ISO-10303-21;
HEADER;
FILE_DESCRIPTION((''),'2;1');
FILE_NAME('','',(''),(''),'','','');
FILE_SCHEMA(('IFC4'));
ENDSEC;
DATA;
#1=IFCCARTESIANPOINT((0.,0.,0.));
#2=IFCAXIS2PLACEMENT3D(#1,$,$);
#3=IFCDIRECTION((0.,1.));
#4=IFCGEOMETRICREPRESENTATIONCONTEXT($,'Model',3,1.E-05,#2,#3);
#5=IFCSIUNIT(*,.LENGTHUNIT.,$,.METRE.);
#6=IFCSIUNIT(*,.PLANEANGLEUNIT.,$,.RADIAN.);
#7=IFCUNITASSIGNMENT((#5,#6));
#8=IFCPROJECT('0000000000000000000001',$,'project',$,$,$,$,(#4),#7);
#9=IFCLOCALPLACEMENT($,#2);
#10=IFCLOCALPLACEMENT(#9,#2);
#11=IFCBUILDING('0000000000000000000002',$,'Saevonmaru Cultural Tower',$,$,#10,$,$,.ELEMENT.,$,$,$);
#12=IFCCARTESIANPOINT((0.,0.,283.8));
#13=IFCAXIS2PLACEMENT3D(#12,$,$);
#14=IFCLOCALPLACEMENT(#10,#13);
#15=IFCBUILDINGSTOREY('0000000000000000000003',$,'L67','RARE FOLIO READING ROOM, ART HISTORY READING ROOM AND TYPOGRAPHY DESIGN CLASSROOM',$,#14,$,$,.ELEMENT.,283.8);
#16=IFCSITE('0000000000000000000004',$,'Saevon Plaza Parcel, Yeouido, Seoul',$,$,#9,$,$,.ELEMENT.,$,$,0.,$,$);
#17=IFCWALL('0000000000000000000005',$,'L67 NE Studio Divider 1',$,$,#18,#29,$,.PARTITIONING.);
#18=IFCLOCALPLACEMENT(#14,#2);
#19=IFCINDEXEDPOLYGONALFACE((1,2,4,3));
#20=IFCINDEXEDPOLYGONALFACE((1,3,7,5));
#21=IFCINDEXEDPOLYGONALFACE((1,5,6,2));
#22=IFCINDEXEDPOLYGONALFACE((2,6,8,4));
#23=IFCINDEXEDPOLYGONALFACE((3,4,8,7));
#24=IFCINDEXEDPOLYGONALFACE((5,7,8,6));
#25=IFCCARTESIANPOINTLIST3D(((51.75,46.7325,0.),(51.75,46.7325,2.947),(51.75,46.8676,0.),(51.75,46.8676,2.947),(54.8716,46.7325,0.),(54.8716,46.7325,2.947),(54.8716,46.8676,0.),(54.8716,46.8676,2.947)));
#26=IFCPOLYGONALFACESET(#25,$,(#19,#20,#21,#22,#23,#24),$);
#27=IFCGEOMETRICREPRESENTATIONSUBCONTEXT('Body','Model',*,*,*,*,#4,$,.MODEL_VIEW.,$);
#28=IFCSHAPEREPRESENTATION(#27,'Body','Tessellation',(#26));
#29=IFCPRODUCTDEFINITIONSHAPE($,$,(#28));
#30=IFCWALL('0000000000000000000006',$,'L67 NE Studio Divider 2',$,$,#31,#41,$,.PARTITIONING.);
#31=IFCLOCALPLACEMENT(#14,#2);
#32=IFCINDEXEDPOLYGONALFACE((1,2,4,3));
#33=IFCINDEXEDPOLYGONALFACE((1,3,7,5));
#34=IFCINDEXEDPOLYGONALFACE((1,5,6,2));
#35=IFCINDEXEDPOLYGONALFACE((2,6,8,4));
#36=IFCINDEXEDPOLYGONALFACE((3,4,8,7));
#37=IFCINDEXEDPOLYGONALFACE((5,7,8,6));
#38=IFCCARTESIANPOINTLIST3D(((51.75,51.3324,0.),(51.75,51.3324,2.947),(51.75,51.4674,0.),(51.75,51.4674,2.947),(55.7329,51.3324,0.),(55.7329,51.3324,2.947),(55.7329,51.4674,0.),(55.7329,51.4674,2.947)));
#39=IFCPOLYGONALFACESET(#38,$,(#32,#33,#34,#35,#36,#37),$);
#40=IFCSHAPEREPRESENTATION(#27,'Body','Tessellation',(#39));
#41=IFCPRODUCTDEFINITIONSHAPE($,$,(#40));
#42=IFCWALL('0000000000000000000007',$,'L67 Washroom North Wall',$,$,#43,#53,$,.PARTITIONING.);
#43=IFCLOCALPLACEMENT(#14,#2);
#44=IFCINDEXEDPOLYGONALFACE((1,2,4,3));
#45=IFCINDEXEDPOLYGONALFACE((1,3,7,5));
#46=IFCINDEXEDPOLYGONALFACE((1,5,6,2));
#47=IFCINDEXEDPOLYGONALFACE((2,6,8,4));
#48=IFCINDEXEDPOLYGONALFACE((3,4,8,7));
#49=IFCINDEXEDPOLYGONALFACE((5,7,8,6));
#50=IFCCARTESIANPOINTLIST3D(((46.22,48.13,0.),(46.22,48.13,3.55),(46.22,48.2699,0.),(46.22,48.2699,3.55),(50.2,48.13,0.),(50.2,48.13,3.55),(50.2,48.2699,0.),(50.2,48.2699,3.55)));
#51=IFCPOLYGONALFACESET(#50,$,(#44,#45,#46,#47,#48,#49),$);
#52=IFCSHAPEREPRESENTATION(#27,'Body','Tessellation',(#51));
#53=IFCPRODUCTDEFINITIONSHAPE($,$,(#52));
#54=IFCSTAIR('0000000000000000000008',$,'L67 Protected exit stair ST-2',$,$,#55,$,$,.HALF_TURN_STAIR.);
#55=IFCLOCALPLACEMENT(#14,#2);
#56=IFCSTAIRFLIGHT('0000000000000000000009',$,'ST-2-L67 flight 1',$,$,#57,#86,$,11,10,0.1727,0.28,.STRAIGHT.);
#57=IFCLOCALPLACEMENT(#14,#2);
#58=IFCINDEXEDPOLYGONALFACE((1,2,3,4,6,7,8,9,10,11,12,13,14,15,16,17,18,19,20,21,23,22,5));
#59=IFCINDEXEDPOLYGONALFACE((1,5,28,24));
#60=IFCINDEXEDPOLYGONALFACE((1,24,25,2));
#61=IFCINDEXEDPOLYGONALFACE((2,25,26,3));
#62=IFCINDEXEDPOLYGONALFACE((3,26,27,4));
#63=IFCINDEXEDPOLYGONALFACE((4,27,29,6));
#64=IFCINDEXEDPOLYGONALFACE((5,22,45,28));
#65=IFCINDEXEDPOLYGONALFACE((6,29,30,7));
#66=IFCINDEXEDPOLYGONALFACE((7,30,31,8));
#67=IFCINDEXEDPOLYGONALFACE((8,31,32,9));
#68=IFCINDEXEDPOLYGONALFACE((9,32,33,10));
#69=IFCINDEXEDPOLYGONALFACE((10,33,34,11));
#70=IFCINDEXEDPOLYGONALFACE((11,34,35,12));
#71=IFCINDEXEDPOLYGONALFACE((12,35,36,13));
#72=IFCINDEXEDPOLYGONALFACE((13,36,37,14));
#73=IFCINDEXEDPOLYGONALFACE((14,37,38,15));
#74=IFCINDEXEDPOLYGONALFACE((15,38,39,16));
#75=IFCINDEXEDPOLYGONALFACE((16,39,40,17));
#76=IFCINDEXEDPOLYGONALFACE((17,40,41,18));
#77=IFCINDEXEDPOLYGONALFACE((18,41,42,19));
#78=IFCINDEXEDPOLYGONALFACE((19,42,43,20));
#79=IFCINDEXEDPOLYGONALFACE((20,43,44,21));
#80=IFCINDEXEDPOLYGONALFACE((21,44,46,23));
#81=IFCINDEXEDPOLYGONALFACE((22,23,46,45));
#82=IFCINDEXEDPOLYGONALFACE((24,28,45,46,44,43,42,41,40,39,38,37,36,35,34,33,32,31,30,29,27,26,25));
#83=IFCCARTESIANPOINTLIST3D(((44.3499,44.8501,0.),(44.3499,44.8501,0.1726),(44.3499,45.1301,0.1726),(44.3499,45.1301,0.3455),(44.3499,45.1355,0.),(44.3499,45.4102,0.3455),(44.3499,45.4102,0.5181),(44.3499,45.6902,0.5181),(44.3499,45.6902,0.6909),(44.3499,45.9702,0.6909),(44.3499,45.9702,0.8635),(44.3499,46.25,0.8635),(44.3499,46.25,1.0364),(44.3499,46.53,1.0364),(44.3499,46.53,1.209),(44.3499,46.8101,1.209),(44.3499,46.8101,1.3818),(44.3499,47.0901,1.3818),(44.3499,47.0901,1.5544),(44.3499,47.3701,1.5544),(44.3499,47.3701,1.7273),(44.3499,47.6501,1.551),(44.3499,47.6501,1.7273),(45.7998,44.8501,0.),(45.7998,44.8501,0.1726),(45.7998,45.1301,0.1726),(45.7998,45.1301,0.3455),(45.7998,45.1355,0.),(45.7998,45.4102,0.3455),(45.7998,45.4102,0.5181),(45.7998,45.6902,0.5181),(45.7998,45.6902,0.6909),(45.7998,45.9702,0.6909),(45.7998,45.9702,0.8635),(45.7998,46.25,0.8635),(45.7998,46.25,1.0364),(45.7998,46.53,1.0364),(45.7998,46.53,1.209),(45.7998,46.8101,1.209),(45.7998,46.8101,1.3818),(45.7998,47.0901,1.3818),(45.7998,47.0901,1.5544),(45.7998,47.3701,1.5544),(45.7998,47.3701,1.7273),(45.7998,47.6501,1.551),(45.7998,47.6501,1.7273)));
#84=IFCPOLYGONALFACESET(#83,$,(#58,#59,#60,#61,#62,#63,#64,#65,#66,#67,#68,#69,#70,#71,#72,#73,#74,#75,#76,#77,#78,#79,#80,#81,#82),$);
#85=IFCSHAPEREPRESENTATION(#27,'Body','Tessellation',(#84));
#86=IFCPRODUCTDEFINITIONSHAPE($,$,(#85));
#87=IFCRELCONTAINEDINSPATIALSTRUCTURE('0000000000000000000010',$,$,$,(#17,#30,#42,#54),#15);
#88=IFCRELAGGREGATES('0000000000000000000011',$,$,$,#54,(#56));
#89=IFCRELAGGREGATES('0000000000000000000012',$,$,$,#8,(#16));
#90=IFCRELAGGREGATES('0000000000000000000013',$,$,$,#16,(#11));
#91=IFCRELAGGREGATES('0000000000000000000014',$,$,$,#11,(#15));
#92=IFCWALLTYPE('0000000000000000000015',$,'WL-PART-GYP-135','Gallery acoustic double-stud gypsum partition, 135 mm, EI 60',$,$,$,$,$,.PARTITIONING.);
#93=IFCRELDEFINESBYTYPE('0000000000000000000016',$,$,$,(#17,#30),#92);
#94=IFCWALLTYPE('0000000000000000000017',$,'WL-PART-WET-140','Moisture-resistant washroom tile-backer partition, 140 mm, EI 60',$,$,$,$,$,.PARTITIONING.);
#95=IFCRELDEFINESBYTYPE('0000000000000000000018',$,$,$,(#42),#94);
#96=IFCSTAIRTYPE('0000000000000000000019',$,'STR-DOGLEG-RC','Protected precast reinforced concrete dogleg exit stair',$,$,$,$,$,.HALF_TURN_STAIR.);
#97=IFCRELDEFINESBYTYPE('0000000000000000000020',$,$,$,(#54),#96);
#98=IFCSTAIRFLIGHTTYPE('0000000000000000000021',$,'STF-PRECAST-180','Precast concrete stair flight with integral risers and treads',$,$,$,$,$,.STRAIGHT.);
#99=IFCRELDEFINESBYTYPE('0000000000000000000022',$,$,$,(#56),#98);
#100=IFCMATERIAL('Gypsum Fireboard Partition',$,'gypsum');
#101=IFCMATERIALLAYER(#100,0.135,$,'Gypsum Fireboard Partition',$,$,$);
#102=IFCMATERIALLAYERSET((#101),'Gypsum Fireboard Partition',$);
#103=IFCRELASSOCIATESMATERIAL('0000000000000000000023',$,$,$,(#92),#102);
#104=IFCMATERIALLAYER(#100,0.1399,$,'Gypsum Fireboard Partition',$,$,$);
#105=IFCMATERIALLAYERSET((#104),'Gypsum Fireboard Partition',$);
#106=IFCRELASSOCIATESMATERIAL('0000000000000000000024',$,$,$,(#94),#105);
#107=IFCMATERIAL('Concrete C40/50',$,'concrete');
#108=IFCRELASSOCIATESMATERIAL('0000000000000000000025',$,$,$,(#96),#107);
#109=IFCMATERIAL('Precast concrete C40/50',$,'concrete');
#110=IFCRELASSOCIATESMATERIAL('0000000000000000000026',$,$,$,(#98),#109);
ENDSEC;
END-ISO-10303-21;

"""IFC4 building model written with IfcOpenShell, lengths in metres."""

from ifc_helpers import new_model, si_unit, direction, frame, frame_2d, origin, place, context, subcontext, project, spatial, polyline, rectangle, outline, extrude, material, layer, layer_set, type_object, element, aggregate, save


model = new_model("IFC4")

# Units and contexts
model_context = context("Model", 3, precision=1e-05, world=origin(), true_north=direction((0.0, 1.0)))
body_context = subcontext(model_context, "Body", "Model", "MODEL_VIEW")
ifc_project = project(units=[si_unit("LENGTHUNIT", "METRE"), si_unit("PLANEANGLEUNIT", "RADIAN")], contexts=[model_context])

# Site, building, storey
site_placement = place(None, origin())
site = spatial("IfcSite", under=ifc_project, at=site_placement, Name="Saevon Plaza Parcel, Yeouido, Seoul", CompositionType="ELEMENT", RefElevation=0.0)
building_placement = place(site_placement, origin())
building = spatial("IfcBuilding", under=site, at=building_placement, Name="Saevonmaru Cultural Tower", CompositionType="ELEMENT")
storey_placement = place(building_placement, frame((0.0, 0.0, 283.8)))
storey = spatial("IfcBuildingStorey", under=building, at=storey_placement, Name="L67", Description="RARE FOLIO READING ROOM, ART HISTORY READING ROOM AND TYPOGRAPHY DESIGN CLASSROOM", CompositionType="ELEMENT", Elevation=283.8)

# Shared definitions
ifc_material_1 = material(Name="Gypsum Fireboard Partition", Category="gypsum")

# Walls
ifc_layer_1 = layer(ifc_material_1, 0.135, Name="Gypsum Fireboard Partition")
ifc_layer_set_1 = layer_set([ifc_layer_1], Name="Gypsum Fireboard Partition")
wall_type_1 = type_object("IfcWallType", Name="WL-PART-GYP-135", Description="Gallery acoustic double-stud gypsum partition, 135 mm, EI 60", PredefinedType="PARTITIONING", material=ifc_layer_set_1)
wall_1_placement = place(storey_placement, frame((51.75, 46.8, 0.0), z_axis=(0.0, 0.0, 1.0), x_axis=(1.0, 0.0, 0.0)))
element("IfcWall", 1, at=wall_1_placement, inside=storey, type_object=wall_type_1, Name="L67 NE Studio Divider 1", PredefinedType="PARTITIONING", context=body_context, shape_type="SweptSolid", body=[
    extrude(rectangle(XDim=3.1216, YDim=0.135, at=frame_2d((1.5608, 0.0))), origin(), (0.0, 0.0, 1.0), 2.947),
])
wall_2_placement = place(storey_placement, frame((51.75, 51.3999, 0.0), z_axis=(0.0, 0.0, 1.0), x_axis=(1.0, 0.0, 0.0)))
element("IfcWall", 2, at=wall_2_placement, inside=storey, type_object=wall_type_1, Name="L67 NE Studio Divider 2", PredefinedType="PARTITIONING", context=body_context, shape_type="SweptSolid", body=[
    extrude(rectangle(XDim=3.9829, YDim=0.135, at=frame_2d((1.9915, 0.0))), origin(), (0.0, 0.0, 1.0), 2.947),
])
ifc_layer_2 = layer(ifc_material_1, 0.1399, Name="Gypsum Fireboard Partition")
ifc_layer_set_2 = layer_set([ifc_layer_2], Name="Gypsum Fireboard Partition")
wall_type_2 = type_object("IfcWallType", Name="WL-PART-WET-140", Description="Moisture-resistant washroom tile-backer partition, 140 mm, EI 60", PredefinedType="PARTITIONING", material=ifc_layer_set_2)
wall_3_placement = place(storey_placement, frame((46.22, 48.2, 0.0), z_axis=(0.0, 0.0, 1.0), x_axis=(1.0, 0.0, 0.0)))
element("IfcWall", 3, at=wall_3_placement, inside=storey, type_object=wall_type_2, Name="L67 Washroom North Wall", PredefinedType="PARTITIONING", context=body_context, shape_type="SweptSolid", body=[
    extrude(rectangle(XDim=3.98, YDim=0.1399, at=frame_2d((1.99, 0.0))), origin(), (0.0, 0.0, 1.0), 3.55),
])

# Stair, stair flight
ifc_material_2 = material(Name="Concrete C40/50", Category="concrete")
stair_type = type_object("IfcStairType", Name="STR-DOGLEG-RC", Description="Protected precast reinforced concrete dogleg exit stair", PredefinedType="HALF_TURN_STAIR", material=ifc_material_2)
stair_placement = place(storey_placement, origin())
stair = element("IfcStair", 4, at=stair_placement, inside=storey, type_object=stair_type, Name="L67 Protected exit stair ST-2", PredefinedType="HALF_TURN_STAIR")
ifc_material_3 = material(Name="Precast concrete C40/50", Category="concrete")
stair_flight_type = type_object("IfcStairFlightType", Name="STF-PRECAST-180", Description="Precast concrete stair flight with integral risers and treads", PredefinedType="STRAIGHT", material=ifc_material_3)
stair_flight_placement = place(storey_placement, frame((45.075, 44.8501, 0.0), z_axis=(0.0, 0.0, 1.0), x_axis=(0.0, 1.0, 0.0)))
stair_flight = element("IfcStairFlight", 5, at=stair_flight_placement, type_object=stair_flight_type, Name="ST-2-L67 flight 1", NumberOfRisers=11, NumberOfTreads=10, PredefinedType="STRAIGHT", RiserHeight=0.1727, TreadLength=0.28, context=body_context, shape_type="SweptSolid", body=[
    extrude(outline(polyline([(0.0, 0.0), (0.0, 0.1726), (0.28, 0.1726), (0.28, 0.3455), (0.5601, 0.3455), (0.5601, 0.5181), (0.8401, 0.5181), (0.8401, 0.6909), (1.1201, 0.6909), (1.1201, 0.8635), (1.3999, 0.8635), (1.3999, 1.0364), (1.6799, 1.0364), (1.6799, 1.209), (1.96, 1.209), (1.96, 1.3818), (2.24, 1.3818), (2.24, 1.5544), (2.52, 1.5544), (2.52, 1.7273), (2.8, 1.7273), (2.8, 1.8999), (2.8, 1.551), (0.2854, 0.0), (0.0, 0.0)])), frame((0.0, 0.7251, 0.0), z_axis=(0.0, -1.0, 0.0), x_axis=(1.0, 0.0, 0.0)), (0.0, 0.0, 1.0), 1.45),
])
aggregate(stair, [stair_flight])

save(model, "model.ifc")
